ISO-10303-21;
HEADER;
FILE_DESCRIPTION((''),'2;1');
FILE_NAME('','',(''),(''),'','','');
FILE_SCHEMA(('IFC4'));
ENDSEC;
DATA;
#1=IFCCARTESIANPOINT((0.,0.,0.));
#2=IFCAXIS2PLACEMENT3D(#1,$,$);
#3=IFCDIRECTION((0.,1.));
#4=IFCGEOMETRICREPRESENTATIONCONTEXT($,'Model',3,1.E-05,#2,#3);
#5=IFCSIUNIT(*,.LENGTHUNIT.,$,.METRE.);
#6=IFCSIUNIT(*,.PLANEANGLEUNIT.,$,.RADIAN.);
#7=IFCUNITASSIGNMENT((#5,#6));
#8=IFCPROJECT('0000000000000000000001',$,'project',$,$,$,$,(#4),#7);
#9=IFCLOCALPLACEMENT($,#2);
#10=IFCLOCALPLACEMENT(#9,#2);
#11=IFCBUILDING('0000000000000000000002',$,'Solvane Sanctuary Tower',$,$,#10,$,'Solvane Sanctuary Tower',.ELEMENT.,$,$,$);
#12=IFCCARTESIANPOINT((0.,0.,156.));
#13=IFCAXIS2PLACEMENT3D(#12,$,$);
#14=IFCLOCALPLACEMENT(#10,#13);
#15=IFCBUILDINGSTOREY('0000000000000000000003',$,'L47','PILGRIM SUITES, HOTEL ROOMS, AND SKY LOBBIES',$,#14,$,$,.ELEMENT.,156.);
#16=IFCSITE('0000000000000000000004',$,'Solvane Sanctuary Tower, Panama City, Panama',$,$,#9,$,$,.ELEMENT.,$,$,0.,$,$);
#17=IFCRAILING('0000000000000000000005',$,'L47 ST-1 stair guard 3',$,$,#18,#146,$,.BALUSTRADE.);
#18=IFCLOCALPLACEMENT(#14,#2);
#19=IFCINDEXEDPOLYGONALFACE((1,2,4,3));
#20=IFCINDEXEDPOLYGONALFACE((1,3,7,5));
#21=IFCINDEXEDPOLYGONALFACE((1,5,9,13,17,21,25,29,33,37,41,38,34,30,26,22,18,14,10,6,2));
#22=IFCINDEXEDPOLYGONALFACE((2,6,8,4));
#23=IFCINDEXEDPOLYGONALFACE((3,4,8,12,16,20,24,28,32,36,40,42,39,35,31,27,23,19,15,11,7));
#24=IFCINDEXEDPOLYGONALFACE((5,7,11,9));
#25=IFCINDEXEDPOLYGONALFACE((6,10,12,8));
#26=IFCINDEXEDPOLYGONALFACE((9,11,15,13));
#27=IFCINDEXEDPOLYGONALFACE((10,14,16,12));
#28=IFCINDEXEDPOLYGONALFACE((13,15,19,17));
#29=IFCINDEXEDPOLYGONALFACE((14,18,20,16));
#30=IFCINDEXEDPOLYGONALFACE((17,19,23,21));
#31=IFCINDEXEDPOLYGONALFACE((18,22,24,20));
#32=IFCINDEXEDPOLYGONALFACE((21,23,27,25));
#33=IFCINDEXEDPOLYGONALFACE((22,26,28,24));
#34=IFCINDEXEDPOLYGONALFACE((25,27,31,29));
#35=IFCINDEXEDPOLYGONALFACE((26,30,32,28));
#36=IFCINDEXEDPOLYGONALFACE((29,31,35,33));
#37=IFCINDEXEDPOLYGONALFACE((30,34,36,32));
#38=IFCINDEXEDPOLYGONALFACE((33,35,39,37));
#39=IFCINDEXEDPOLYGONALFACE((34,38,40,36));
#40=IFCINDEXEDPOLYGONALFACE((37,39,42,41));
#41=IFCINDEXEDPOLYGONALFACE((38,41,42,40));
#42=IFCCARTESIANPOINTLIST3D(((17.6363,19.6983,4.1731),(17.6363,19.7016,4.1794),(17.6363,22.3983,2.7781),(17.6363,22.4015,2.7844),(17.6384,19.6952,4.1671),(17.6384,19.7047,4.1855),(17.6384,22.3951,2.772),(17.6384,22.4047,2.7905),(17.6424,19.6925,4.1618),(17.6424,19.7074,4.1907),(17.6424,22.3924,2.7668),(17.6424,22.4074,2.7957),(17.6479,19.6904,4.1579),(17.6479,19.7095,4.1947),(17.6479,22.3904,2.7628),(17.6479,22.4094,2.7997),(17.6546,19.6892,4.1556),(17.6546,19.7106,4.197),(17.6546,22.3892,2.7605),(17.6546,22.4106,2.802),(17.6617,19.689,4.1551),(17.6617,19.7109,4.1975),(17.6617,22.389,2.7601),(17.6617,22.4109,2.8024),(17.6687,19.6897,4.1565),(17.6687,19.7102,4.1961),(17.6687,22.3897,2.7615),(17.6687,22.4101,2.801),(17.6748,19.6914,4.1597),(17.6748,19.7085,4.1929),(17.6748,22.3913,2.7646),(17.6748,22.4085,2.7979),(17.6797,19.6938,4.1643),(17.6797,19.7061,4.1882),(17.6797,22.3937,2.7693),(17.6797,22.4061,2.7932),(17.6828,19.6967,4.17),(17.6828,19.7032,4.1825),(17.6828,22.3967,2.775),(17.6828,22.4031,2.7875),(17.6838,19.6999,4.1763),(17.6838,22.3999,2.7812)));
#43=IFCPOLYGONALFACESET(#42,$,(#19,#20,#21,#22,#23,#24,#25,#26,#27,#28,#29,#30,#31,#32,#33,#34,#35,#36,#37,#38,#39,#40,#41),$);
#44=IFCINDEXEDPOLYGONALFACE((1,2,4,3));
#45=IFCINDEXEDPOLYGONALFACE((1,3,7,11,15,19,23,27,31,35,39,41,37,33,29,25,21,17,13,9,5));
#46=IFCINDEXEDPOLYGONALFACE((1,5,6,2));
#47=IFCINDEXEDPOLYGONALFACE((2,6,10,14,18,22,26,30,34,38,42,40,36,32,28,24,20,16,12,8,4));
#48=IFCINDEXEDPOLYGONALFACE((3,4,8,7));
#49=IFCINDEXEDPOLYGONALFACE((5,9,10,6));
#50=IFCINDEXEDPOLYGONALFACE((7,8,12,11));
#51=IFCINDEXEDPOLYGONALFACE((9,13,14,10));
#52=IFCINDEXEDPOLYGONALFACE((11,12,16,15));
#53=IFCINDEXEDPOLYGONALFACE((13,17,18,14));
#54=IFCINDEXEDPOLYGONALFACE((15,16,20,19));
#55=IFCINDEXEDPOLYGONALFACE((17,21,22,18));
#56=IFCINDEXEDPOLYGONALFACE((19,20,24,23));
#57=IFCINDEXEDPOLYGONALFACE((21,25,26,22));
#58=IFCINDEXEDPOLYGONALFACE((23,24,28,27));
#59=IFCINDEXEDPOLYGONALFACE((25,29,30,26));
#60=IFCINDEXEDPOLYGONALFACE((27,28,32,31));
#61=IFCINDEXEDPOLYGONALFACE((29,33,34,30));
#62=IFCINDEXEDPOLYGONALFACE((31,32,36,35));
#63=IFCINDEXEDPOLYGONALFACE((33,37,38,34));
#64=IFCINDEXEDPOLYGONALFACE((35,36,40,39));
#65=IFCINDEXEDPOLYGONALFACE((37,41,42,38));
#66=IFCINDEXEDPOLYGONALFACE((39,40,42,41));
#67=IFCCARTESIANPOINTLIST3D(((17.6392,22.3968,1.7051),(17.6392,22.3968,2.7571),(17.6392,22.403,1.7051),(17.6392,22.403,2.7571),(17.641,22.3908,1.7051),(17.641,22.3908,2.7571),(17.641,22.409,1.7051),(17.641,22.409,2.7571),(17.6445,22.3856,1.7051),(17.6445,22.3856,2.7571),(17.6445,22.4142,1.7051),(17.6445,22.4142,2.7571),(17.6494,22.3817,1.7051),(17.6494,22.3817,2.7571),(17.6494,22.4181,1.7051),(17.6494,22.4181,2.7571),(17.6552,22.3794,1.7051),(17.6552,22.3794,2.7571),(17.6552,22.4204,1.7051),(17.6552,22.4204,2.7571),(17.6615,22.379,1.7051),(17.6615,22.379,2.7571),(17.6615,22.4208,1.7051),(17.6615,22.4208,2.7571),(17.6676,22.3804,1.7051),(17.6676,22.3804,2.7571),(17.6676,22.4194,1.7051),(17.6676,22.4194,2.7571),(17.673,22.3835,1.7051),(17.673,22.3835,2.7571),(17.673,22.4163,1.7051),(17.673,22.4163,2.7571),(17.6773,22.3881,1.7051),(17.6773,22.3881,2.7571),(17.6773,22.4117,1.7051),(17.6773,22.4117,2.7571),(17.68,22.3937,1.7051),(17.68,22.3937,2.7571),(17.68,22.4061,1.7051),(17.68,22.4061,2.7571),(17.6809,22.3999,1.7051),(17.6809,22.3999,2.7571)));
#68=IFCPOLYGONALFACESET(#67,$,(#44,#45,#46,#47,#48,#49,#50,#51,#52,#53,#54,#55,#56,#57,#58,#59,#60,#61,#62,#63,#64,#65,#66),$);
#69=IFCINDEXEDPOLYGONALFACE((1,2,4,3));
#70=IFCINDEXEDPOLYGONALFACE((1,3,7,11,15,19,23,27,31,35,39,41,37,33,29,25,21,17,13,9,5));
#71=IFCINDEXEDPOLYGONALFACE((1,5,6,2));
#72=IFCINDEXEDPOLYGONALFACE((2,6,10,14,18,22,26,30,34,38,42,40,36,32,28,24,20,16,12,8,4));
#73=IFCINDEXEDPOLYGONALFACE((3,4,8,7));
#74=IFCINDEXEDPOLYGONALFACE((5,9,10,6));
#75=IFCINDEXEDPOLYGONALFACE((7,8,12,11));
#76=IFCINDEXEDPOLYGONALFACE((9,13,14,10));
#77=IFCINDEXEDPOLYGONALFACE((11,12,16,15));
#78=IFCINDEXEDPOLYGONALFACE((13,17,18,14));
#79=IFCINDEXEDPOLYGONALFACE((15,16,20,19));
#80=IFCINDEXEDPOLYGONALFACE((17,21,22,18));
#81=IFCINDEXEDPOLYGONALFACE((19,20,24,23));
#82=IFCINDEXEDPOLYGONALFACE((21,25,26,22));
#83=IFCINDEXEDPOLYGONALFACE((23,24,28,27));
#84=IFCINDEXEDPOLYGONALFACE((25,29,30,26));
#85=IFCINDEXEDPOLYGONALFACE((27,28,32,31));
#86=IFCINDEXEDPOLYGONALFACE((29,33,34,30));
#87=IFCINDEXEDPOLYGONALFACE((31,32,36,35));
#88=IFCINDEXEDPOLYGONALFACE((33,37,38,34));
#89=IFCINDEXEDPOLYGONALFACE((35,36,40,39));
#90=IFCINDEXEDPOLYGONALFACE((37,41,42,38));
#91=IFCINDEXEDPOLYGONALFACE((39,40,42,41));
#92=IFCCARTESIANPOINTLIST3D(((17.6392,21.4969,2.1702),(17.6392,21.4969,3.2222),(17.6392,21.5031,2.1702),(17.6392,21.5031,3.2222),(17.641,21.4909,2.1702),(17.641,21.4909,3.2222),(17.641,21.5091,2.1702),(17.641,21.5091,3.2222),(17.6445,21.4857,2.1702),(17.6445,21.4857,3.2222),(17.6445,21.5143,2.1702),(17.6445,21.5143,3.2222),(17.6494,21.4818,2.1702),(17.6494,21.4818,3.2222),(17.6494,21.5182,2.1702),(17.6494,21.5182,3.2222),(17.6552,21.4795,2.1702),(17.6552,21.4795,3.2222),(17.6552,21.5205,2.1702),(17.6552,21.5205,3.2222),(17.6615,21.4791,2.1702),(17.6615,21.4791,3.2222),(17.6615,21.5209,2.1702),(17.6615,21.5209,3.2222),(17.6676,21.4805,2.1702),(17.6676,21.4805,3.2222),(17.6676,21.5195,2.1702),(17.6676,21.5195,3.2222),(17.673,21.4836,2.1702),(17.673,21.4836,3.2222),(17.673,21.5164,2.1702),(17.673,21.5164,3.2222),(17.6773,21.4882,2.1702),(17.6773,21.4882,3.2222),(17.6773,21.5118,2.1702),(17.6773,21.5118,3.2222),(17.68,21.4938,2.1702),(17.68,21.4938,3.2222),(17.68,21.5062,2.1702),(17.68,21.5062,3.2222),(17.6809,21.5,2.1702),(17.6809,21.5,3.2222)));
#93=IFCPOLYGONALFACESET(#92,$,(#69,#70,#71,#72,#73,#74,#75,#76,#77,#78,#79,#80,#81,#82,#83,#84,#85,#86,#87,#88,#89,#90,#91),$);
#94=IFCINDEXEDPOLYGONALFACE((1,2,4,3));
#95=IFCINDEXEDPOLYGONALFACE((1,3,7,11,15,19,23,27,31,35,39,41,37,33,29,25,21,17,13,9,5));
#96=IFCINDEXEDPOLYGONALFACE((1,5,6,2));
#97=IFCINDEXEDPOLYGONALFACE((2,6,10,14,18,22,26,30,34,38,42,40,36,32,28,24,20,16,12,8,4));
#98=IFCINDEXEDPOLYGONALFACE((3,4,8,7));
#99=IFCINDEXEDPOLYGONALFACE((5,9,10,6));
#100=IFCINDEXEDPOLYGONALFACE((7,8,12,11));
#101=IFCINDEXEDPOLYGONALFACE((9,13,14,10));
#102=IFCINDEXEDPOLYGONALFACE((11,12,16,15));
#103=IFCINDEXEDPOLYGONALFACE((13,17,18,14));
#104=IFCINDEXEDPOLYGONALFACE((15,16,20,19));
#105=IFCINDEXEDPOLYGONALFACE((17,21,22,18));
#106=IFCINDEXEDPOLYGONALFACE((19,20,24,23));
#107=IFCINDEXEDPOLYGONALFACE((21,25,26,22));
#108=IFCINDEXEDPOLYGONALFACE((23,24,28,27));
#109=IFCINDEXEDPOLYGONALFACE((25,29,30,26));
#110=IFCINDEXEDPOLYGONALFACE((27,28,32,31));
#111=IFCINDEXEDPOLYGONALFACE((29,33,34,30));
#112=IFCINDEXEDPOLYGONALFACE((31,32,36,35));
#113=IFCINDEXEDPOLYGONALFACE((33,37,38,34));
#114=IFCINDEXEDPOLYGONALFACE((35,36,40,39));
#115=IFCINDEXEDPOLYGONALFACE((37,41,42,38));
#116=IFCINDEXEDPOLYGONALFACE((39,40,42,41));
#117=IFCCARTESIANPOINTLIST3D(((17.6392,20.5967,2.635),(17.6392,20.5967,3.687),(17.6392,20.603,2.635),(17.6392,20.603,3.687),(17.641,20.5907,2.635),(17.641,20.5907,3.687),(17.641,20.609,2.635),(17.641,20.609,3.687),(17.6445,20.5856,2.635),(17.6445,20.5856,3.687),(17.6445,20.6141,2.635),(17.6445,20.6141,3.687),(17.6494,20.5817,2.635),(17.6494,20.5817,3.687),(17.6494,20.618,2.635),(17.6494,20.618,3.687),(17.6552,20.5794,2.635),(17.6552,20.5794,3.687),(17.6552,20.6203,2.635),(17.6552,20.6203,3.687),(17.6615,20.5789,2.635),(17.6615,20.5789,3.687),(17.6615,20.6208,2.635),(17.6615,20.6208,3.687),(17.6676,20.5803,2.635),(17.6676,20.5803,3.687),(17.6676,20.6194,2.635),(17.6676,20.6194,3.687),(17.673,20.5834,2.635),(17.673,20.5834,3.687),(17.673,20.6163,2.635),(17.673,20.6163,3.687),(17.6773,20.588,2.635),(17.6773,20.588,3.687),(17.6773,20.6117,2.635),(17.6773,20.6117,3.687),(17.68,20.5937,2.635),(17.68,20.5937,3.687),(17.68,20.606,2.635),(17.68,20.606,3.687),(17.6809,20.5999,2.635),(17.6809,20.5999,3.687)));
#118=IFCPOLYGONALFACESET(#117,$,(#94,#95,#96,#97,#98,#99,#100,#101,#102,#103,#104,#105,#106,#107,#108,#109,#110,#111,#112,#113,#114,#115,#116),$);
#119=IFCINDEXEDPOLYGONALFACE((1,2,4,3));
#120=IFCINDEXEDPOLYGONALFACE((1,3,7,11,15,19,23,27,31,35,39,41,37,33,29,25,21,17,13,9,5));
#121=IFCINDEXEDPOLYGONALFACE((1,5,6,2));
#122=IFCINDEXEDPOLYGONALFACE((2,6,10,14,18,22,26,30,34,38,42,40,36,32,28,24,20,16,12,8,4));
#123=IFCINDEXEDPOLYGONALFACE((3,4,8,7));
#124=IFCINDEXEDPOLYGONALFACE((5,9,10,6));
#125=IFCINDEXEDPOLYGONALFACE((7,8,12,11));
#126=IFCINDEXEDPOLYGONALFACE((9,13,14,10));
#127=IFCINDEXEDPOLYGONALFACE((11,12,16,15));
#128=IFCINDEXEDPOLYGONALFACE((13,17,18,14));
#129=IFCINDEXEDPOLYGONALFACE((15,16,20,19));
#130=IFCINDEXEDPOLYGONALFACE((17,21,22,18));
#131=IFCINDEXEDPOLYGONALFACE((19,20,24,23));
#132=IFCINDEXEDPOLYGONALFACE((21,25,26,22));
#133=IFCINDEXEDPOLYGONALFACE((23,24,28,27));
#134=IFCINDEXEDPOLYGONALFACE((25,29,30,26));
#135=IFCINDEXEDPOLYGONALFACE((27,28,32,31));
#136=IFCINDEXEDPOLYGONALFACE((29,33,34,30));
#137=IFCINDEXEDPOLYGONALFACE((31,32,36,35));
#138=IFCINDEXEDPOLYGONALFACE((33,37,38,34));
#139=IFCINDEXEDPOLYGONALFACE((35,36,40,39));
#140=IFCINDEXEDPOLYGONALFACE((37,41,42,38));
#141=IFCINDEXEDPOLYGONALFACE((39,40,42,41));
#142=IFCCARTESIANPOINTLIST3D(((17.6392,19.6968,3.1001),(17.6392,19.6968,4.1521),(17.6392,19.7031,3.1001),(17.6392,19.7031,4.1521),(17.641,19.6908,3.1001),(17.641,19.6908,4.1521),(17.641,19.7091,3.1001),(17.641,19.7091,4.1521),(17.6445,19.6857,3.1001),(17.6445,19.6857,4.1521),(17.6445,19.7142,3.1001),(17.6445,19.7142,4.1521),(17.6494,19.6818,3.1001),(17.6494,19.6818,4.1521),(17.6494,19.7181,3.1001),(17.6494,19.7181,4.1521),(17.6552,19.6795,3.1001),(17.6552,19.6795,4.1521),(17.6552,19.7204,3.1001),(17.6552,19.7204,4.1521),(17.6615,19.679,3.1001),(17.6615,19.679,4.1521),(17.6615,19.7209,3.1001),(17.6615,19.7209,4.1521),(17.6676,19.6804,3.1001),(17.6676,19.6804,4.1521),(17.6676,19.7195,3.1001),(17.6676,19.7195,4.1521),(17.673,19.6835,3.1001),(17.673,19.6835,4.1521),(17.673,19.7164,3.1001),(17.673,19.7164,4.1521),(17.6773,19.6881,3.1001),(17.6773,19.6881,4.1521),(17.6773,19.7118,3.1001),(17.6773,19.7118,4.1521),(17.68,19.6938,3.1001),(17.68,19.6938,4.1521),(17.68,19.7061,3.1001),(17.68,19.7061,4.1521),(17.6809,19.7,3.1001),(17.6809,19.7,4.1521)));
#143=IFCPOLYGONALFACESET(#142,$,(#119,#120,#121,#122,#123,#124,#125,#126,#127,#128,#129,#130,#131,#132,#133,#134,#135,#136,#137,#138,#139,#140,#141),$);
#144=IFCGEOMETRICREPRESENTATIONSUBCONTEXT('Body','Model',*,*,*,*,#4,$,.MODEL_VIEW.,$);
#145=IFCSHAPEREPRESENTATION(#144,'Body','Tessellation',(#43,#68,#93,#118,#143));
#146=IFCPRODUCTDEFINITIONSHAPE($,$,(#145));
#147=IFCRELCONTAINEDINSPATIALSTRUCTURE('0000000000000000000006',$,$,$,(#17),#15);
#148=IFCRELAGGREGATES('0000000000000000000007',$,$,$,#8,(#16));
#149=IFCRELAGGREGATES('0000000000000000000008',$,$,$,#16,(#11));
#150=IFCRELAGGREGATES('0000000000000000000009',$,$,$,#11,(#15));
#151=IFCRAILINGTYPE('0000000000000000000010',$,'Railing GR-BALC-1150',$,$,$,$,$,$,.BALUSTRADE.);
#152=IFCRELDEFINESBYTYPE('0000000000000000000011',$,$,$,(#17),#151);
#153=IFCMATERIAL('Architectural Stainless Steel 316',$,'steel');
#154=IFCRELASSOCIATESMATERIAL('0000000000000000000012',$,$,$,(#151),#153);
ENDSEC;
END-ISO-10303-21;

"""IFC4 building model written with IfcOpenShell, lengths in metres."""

from ifc_helpers import new_model, si_unit, direction, frame, origin, origin_2d, place, context, subcontext, project, spatial, circle, extrude, material, type_object, element, save


model = new_model("IFC4")

# Units and contexts
model_context = context("Model", 3, precision=1e-05, world=origin(), true_north=direction((0.0, 1.0)))
body_context = subcontext(model_context, "Body", "Model", "MODEL_VIEW")
ifc_project = project(units=[si_unit("LENGTHUNIT", "METRE"), si_unit("PLANEANGLEUNIT", "RADIAN")], contexts=[model_context])

# Site, building, storey
site_placement = place(None, origin())
site = spatial("IfcSite", under=ifc_project, at=site_placement, Name="Solvane Sanctuary Tower, Panama City, Panama", CompositionType="ELEMENT", RefElevation=0.0)
building_placement = place(site_placement, origin())
building = spatial("IfcBuilding", under=site, at=building_placement, Name="Solvane Sanctuary Tower", LongName="Solvane Sanctuary Tower", CompositionType="ELEMENT")
storey_placement = place(building_placement, frame((0.0, 0.0, 156.0)))
storey = spatial("IfcBuildingStorey", under=building, at=storey_placement, Name="L47", Description="PILGRIM SUITES, HOTEL ROOMS, AND SKY LOBBIES", CompositionType="ELEMENT", Elevation=156.0)

# Shared definitions
ifc_material_1 = material(Name="Architectural Stainless Steel 316", Category="steel")

# Railing
railing_type_1 = type_object("IfcRailingType", Name="Railing GR-BALC-1150", PredefinedType="BALUSTRADE", material=ifc_material_1)
railing_1_placement = place(storey_placement, frame((17.6599, 22.3999, 1.7051)))
element("IfcRailing", 1, at=railing_1_placement, inside=storey, type_object=railing_type_1, Name="L47 ST-1 stair guard 3", PredefinedType="BALUSTRADE", context=body_context, shape_type="SweptSolid", body=[
    extrude(circle(Radius=0.0239, at=origin_2d()), frame((0.0, 0.0, 1.0762), z_axis=(0.0, -0.88842, 0.459032), x_axis=(1.0, 0.0, 0.0)), (0.0, 0.0, 1.0), 3.0391),
    extrude(circle(Radius=0.021, at=origin_2d()), origin(), (0.0, 0.0, 1.0), 1.052),
    extrude(circle(Radius=0.021, at=origin_2d()), frame((0.0, -0.8999, 0.4651)), (0.0, 0.0, 1.0), 1.052),
    extrude(circle(Radius=0.021, at=origin_2d()), frame((0.0, -1.8, 0.9299)), (0.0, 0.0, 1.0), 1.052),
    extrude(circle(Radius=0.021, at=origin_2d()), frame((0.0, -2.7, 1.395)), (0.0, 0.0, 1.0), 1.052),
])

save(model, "model.ifc")
